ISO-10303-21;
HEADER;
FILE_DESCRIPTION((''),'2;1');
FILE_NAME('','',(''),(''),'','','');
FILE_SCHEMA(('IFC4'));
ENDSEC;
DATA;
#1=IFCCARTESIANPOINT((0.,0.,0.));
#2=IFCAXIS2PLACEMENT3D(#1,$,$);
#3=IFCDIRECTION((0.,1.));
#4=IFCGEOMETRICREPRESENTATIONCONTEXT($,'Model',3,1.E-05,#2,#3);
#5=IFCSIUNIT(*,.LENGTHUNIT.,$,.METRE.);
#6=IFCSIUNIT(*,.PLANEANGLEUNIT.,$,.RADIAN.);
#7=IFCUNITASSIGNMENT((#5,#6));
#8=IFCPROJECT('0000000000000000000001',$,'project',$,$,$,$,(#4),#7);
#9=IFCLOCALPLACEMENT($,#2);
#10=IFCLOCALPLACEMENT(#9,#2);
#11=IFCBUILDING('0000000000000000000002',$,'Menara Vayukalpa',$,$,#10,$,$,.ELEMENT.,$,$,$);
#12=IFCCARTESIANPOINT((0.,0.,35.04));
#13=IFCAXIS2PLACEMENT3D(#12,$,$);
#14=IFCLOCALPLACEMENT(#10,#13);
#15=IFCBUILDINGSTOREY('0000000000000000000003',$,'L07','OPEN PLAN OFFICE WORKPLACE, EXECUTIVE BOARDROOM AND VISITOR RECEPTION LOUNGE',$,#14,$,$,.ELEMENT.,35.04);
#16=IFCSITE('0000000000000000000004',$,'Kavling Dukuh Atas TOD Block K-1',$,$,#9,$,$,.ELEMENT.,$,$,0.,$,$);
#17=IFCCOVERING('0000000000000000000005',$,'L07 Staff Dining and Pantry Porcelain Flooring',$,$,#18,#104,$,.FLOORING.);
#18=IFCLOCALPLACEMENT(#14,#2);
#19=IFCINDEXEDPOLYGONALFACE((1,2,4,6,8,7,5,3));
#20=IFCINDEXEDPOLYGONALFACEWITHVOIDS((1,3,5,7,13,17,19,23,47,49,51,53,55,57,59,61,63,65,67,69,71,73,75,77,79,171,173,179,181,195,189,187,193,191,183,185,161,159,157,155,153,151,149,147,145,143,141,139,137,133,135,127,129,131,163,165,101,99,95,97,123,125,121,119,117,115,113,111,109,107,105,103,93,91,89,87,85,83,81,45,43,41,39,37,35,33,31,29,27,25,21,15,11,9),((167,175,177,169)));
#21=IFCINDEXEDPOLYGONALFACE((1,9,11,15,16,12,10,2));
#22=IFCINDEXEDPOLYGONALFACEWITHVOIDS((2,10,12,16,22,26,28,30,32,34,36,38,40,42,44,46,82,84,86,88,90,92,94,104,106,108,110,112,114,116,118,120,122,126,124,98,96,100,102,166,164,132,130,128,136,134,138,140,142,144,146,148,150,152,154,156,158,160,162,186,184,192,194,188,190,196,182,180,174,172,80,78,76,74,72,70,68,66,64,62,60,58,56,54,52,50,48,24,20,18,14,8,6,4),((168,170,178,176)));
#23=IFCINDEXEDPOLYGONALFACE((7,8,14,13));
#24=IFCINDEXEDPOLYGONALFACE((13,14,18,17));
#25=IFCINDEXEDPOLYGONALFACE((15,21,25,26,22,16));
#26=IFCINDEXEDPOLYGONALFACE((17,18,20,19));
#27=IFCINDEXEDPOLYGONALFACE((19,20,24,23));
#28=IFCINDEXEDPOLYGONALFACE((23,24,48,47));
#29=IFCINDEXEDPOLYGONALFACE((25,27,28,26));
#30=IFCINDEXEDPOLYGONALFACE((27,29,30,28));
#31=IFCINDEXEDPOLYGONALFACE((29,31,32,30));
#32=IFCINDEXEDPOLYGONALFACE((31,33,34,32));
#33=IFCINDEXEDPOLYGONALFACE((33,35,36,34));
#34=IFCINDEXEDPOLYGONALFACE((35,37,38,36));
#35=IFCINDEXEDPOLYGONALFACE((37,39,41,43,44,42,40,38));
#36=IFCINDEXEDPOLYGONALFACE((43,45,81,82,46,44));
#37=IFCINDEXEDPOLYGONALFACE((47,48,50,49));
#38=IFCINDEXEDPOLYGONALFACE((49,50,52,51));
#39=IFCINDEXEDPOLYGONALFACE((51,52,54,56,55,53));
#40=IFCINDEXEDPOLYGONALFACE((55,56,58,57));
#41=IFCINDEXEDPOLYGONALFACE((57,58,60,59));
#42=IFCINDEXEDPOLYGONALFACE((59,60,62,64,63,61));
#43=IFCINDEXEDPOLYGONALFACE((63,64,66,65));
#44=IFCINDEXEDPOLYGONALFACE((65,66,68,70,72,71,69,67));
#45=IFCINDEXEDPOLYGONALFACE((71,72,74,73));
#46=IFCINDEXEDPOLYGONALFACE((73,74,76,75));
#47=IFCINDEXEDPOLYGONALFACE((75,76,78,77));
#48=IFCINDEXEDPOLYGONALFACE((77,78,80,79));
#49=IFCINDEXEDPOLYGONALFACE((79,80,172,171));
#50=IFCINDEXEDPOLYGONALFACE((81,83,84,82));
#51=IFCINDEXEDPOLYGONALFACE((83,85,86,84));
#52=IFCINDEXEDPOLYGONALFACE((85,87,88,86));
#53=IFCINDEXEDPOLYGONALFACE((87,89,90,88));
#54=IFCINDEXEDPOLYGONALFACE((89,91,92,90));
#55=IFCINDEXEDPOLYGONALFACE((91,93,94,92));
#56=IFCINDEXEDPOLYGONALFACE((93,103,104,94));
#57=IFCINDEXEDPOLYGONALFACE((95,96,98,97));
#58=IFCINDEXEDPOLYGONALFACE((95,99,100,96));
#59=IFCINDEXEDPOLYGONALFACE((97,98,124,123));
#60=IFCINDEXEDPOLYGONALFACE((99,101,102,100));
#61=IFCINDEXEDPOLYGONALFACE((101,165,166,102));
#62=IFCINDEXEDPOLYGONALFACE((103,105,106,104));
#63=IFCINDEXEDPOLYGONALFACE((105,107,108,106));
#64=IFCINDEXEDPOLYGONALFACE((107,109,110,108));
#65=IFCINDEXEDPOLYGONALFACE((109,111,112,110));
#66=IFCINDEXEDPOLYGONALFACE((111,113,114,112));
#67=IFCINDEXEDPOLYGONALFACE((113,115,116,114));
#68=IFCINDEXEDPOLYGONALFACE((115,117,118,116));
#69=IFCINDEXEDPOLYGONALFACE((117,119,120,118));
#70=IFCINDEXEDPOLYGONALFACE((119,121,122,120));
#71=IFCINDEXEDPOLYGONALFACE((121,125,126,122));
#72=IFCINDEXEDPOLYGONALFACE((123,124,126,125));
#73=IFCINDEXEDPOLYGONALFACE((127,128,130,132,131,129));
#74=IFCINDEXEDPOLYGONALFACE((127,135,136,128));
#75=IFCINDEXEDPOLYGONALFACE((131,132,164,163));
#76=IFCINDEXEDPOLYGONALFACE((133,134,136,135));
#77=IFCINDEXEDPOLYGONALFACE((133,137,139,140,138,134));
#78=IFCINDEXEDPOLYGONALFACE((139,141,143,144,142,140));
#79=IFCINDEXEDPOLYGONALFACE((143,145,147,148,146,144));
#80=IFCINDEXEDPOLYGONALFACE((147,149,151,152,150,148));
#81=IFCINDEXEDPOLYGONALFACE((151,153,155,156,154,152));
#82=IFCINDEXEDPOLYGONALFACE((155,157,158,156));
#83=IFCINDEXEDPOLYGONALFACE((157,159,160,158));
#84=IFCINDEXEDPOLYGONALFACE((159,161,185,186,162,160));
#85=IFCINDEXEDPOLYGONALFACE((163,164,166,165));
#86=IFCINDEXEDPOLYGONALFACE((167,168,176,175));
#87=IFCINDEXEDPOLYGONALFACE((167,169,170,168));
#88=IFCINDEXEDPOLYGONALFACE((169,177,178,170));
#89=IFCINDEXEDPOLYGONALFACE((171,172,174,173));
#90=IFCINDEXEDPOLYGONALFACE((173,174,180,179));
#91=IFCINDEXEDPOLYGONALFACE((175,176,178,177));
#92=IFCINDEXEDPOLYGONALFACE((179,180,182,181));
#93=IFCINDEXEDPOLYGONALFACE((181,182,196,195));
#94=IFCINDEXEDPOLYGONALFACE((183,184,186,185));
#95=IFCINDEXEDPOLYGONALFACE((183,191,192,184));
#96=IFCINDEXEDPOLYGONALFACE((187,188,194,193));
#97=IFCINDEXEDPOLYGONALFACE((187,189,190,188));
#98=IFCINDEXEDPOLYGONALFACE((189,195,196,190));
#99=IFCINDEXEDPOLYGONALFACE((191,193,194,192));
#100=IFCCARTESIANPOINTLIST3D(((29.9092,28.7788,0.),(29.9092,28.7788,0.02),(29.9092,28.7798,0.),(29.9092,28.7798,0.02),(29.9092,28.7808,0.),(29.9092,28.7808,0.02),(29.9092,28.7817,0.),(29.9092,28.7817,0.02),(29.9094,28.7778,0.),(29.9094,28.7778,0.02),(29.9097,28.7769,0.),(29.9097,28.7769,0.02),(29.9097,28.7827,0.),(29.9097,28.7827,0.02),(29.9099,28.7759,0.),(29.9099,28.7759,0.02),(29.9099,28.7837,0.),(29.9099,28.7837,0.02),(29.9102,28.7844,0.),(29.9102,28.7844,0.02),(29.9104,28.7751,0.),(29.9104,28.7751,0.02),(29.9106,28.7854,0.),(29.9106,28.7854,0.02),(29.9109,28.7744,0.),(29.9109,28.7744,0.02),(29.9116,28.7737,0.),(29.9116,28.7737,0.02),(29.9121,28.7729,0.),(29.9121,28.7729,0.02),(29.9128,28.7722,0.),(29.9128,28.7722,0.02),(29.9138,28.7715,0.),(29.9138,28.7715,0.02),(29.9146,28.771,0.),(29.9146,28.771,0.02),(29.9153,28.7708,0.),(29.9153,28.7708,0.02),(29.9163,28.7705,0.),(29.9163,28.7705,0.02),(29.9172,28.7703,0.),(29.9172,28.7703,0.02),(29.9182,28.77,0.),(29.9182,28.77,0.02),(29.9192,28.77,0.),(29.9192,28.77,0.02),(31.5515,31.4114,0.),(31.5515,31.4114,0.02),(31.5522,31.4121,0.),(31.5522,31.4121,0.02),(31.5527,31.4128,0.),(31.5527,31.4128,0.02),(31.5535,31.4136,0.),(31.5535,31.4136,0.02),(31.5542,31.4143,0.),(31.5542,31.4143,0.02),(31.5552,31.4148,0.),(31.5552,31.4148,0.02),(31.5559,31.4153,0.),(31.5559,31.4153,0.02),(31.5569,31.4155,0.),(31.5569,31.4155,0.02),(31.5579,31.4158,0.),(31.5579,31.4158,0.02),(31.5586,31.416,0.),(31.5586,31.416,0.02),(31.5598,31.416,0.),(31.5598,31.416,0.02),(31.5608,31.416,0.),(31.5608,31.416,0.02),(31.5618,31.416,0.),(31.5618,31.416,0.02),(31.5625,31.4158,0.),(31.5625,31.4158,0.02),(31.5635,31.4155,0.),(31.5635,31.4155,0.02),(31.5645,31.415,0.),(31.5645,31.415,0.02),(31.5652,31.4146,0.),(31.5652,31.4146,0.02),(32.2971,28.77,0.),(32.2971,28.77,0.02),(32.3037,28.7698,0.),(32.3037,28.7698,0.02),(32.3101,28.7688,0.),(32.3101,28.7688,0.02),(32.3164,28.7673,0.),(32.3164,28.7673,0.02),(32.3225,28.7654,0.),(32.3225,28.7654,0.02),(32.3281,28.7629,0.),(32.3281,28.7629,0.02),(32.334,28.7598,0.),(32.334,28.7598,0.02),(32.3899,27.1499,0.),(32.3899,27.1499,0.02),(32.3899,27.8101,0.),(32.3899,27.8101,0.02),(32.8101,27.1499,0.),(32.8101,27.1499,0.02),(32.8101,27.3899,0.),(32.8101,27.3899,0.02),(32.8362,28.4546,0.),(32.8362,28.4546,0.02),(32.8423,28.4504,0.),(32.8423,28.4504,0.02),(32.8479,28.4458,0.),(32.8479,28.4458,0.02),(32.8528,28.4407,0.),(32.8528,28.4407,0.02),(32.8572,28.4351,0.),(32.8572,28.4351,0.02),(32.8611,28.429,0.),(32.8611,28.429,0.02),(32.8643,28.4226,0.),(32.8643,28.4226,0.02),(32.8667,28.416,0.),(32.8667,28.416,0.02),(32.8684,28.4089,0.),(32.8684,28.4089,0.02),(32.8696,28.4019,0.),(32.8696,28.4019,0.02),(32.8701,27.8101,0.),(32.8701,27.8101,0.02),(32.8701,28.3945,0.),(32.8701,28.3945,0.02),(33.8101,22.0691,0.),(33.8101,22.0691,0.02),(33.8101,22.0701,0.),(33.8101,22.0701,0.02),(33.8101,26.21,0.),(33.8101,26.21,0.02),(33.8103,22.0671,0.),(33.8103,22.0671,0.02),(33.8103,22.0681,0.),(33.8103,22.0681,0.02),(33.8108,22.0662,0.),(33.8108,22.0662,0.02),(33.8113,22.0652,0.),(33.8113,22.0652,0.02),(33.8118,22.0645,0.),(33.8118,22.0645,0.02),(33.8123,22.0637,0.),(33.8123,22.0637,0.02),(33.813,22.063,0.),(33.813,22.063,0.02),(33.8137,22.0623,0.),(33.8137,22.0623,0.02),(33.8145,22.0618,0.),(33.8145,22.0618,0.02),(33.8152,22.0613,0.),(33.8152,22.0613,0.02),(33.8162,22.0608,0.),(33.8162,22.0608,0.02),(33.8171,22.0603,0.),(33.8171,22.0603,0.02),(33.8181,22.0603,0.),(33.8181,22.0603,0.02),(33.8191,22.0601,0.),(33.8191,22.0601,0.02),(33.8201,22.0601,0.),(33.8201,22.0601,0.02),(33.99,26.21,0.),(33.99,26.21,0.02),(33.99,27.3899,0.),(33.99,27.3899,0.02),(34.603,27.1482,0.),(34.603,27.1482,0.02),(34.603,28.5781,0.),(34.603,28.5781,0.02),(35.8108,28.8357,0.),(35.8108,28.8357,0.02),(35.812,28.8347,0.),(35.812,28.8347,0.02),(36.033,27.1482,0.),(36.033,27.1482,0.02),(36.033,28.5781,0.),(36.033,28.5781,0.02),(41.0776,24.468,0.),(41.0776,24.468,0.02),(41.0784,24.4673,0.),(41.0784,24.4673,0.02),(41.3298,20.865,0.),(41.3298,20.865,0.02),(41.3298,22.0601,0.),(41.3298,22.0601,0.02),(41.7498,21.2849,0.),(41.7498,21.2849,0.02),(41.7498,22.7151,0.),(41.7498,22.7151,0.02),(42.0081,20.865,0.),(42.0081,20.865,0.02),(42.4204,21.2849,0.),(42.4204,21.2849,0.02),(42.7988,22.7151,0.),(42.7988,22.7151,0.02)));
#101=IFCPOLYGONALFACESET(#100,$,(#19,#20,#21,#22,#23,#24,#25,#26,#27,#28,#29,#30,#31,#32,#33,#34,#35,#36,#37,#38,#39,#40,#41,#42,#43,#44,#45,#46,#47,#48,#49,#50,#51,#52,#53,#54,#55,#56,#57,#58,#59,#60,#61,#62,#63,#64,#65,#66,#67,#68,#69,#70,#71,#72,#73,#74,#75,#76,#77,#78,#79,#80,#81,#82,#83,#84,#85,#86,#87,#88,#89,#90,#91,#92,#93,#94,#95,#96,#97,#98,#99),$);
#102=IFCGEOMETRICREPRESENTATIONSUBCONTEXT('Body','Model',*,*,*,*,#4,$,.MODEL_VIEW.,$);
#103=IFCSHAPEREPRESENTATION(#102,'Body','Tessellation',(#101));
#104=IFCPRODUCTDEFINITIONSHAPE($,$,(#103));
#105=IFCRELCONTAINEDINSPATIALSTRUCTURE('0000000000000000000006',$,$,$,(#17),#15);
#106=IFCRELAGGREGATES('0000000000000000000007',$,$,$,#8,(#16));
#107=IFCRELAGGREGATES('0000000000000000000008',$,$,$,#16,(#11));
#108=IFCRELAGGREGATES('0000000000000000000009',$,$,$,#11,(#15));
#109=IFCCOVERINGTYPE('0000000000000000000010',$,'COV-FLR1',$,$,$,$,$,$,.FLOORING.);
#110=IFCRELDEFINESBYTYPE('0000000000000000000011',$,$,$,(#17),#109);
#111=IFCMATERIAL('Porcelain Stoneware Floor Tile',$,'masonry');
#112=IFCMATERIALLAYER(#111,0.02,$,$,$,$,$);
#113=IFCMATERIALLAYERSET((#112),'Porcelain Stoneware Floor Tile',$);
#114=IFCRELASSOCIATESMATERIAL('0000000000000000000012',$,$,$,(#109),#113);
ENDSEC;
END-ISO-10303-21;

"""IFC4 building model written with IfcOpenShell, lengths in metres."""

from ifc_helpers import new_model, si_unit, direction, frame, origin, place, context, subcontext, project, spatial, polyline, outline, extrude, material, layer, layer_set, type_object, element, save


model = new_model("IFC4")

# Units and contexts
model_context = context("Model", 3, precision=1e-05, world=origin(), true_north=direction((0.0, 1.0)))
body_context = subcontext(model_context, "Body", "Model", "MODEL_VIEW")
ifc_project = project(units=[si_unit("LENGTHUNIT", "METRE"), si_unit("PLANEANGLEUNIT", "RADIAN")], contexts=[model_context])

# Site, building, storey
site_placement = place(None, origin())
site = spatial("IfcSite", under=ifc_project, at=site_placement, Name="Kavling Dukuh Atas TOD Block K-1", CompositionType="ELEMENT", RefElevation=0.0)
building_placement = place(site_placement, origin())
building = spatial("IfcBuilding", under=site, at=building_placement, Name="Menara Vayukalpa", CompositionType="ELEMENT")
storey_placement = place(building_placement, frame((0.0, 0.0, 35.04)))
storey = spatial("IfcBuildingStorey", under=building, at=storey_placement, Name="L07", Description="OPEN PLAN OFFICE WORKPLACE, EXECUTIVE BOARDROOM AND VISITOR RECEPTION LOUNGE", CompositionType="ELEMENT", Elevation=35.04)

# Covering
ifc_material_1 = material(Name="Porcelain Stoneware Floor Tile", Category="masonry")
ifc_layer_1 = layer(ifc_material_1, 0.02)
ifc_layer_set_1 = layer_set([ifc_layer_1], Name="Porcelain Stoneware Floor Tile")
covering_type_1 = type_object("IfcCoveringType", Name="COV-FLR1", PredefinedType="FLOORING", material=ifc_layer_set_1)
covering_1_placement = place(storey_placement, origin())
element("IfcCovering", 1, at=covering_1_placement, inside=storey, type_object=covering_type_1, Name="L07 Staff Dining and Pantry Porcelain Flooring", PredefinedType="FLOORING", context=body_context, shape_type="SweptSolid", body=[
    extrude(outline(polyline([(33.8191, 22.0601), (33.8181, 22.0603), (33.8171, 22.0603), (33.8162, 22.0608), (33.8152, 22.0613), (33.8145, 22.0618), (33.8137, 22.0623), (33.813, 22.063), (33.8123, 22.0637), (33.8118, 22.0645), (33.8113, 22.0652), (33.8108, 22.0662), (33.8103, 22.0671), (33.8103, 22.0681), (33.8101, 22.0691), (33.8101, 22.0701), (33.8101, 26.21), (33.99, 26.21), (33.99, 27.3899), (32.8101, 27.3899), (32.8101, 27.1499), (32.3899, 27.1499), (32.3899, 27.8101), (32.8701, 27.8101), (32.8701, 28.3945), (32.8696, 28.4019), (32.8684, 28.4089), (32.8667, 28.416), (32.8643, 28.4226), (32.8611, 28.429), (32.8572, 28.4351), (32.8528, 28.4407), (32.8479, 28.4458), (32.8423, 28.4504), (32.8362, 28.4546), (32.334, 28.7598), (32.3281, 28.7629), (32.3225, 28.7654), (32.3164, 28.7673), (32.3101, 28.7688), (32.3037, 28.7698), (32.2971, 28.77), (29.9192, 28.77), (29.9182, 28.77), (29.9172, 28.7703), (29.9163, 28.7705), (29.9153, 28.7708), (29.9146, 28.771), (29.9138, 28.7715), (29.9128, 28.7722), (29.9121, 28.7729), (29.9116, 28.7737), (29.9109, 28.7744), (29.9104, 28.7751), (29.9099, 28.7759), (29.9097, 28.7769), (29.9094, 28.7778), (29.9092, 28.7788), (29.9092, 28.7798), (29.9092, 28.7808), (29.9092, 28.7817), (29.9097, 28.7827), (29.9099, 28.7837), (29.9102, 28.7844), (29.9106, 28.7854), (31.5515, 31.4114), (31.5522, 31.4121), (31.5527, 31.4128), (31.5535, 31.4136), (31.5542, 31.4143), (31.5552, 31.4148), (31.5559, 31.4153), (31.5569, 31.4155), (31.5579, 31.4158), (31.5586, 31.416), (31.5598, 31.416), (31.5608, 31.416), (31.5618, 31.416), (31.5625, 31.4158), (31.5635, 31.4155), (31.5645, 31.415), (31.5652, 31.4146), (35.8108, 28.8357), (35.812, 28.8347), (41.0776, 24.468), (41.0784, 24.4673), (42.7988, 22.7151), (41.7498, 22.7151), (41.7498, 21.2849), (42.4204, 21.2849), (42.0081, 20.865), (41.3298, 20.865), (41.3298, 22.0601), (33.8201, 22.0601), (33.8191, 22.0601)]), holes=[polyline([(36.033, 27.1482), (36.033, 28.5781), (34.603, 28.5781), (34.603, 27.1482), (36.033, 27.1482)])]), origin(), (0.0, 0.0, 1.0), 0.02),
])

save(model, "model.ifc")
